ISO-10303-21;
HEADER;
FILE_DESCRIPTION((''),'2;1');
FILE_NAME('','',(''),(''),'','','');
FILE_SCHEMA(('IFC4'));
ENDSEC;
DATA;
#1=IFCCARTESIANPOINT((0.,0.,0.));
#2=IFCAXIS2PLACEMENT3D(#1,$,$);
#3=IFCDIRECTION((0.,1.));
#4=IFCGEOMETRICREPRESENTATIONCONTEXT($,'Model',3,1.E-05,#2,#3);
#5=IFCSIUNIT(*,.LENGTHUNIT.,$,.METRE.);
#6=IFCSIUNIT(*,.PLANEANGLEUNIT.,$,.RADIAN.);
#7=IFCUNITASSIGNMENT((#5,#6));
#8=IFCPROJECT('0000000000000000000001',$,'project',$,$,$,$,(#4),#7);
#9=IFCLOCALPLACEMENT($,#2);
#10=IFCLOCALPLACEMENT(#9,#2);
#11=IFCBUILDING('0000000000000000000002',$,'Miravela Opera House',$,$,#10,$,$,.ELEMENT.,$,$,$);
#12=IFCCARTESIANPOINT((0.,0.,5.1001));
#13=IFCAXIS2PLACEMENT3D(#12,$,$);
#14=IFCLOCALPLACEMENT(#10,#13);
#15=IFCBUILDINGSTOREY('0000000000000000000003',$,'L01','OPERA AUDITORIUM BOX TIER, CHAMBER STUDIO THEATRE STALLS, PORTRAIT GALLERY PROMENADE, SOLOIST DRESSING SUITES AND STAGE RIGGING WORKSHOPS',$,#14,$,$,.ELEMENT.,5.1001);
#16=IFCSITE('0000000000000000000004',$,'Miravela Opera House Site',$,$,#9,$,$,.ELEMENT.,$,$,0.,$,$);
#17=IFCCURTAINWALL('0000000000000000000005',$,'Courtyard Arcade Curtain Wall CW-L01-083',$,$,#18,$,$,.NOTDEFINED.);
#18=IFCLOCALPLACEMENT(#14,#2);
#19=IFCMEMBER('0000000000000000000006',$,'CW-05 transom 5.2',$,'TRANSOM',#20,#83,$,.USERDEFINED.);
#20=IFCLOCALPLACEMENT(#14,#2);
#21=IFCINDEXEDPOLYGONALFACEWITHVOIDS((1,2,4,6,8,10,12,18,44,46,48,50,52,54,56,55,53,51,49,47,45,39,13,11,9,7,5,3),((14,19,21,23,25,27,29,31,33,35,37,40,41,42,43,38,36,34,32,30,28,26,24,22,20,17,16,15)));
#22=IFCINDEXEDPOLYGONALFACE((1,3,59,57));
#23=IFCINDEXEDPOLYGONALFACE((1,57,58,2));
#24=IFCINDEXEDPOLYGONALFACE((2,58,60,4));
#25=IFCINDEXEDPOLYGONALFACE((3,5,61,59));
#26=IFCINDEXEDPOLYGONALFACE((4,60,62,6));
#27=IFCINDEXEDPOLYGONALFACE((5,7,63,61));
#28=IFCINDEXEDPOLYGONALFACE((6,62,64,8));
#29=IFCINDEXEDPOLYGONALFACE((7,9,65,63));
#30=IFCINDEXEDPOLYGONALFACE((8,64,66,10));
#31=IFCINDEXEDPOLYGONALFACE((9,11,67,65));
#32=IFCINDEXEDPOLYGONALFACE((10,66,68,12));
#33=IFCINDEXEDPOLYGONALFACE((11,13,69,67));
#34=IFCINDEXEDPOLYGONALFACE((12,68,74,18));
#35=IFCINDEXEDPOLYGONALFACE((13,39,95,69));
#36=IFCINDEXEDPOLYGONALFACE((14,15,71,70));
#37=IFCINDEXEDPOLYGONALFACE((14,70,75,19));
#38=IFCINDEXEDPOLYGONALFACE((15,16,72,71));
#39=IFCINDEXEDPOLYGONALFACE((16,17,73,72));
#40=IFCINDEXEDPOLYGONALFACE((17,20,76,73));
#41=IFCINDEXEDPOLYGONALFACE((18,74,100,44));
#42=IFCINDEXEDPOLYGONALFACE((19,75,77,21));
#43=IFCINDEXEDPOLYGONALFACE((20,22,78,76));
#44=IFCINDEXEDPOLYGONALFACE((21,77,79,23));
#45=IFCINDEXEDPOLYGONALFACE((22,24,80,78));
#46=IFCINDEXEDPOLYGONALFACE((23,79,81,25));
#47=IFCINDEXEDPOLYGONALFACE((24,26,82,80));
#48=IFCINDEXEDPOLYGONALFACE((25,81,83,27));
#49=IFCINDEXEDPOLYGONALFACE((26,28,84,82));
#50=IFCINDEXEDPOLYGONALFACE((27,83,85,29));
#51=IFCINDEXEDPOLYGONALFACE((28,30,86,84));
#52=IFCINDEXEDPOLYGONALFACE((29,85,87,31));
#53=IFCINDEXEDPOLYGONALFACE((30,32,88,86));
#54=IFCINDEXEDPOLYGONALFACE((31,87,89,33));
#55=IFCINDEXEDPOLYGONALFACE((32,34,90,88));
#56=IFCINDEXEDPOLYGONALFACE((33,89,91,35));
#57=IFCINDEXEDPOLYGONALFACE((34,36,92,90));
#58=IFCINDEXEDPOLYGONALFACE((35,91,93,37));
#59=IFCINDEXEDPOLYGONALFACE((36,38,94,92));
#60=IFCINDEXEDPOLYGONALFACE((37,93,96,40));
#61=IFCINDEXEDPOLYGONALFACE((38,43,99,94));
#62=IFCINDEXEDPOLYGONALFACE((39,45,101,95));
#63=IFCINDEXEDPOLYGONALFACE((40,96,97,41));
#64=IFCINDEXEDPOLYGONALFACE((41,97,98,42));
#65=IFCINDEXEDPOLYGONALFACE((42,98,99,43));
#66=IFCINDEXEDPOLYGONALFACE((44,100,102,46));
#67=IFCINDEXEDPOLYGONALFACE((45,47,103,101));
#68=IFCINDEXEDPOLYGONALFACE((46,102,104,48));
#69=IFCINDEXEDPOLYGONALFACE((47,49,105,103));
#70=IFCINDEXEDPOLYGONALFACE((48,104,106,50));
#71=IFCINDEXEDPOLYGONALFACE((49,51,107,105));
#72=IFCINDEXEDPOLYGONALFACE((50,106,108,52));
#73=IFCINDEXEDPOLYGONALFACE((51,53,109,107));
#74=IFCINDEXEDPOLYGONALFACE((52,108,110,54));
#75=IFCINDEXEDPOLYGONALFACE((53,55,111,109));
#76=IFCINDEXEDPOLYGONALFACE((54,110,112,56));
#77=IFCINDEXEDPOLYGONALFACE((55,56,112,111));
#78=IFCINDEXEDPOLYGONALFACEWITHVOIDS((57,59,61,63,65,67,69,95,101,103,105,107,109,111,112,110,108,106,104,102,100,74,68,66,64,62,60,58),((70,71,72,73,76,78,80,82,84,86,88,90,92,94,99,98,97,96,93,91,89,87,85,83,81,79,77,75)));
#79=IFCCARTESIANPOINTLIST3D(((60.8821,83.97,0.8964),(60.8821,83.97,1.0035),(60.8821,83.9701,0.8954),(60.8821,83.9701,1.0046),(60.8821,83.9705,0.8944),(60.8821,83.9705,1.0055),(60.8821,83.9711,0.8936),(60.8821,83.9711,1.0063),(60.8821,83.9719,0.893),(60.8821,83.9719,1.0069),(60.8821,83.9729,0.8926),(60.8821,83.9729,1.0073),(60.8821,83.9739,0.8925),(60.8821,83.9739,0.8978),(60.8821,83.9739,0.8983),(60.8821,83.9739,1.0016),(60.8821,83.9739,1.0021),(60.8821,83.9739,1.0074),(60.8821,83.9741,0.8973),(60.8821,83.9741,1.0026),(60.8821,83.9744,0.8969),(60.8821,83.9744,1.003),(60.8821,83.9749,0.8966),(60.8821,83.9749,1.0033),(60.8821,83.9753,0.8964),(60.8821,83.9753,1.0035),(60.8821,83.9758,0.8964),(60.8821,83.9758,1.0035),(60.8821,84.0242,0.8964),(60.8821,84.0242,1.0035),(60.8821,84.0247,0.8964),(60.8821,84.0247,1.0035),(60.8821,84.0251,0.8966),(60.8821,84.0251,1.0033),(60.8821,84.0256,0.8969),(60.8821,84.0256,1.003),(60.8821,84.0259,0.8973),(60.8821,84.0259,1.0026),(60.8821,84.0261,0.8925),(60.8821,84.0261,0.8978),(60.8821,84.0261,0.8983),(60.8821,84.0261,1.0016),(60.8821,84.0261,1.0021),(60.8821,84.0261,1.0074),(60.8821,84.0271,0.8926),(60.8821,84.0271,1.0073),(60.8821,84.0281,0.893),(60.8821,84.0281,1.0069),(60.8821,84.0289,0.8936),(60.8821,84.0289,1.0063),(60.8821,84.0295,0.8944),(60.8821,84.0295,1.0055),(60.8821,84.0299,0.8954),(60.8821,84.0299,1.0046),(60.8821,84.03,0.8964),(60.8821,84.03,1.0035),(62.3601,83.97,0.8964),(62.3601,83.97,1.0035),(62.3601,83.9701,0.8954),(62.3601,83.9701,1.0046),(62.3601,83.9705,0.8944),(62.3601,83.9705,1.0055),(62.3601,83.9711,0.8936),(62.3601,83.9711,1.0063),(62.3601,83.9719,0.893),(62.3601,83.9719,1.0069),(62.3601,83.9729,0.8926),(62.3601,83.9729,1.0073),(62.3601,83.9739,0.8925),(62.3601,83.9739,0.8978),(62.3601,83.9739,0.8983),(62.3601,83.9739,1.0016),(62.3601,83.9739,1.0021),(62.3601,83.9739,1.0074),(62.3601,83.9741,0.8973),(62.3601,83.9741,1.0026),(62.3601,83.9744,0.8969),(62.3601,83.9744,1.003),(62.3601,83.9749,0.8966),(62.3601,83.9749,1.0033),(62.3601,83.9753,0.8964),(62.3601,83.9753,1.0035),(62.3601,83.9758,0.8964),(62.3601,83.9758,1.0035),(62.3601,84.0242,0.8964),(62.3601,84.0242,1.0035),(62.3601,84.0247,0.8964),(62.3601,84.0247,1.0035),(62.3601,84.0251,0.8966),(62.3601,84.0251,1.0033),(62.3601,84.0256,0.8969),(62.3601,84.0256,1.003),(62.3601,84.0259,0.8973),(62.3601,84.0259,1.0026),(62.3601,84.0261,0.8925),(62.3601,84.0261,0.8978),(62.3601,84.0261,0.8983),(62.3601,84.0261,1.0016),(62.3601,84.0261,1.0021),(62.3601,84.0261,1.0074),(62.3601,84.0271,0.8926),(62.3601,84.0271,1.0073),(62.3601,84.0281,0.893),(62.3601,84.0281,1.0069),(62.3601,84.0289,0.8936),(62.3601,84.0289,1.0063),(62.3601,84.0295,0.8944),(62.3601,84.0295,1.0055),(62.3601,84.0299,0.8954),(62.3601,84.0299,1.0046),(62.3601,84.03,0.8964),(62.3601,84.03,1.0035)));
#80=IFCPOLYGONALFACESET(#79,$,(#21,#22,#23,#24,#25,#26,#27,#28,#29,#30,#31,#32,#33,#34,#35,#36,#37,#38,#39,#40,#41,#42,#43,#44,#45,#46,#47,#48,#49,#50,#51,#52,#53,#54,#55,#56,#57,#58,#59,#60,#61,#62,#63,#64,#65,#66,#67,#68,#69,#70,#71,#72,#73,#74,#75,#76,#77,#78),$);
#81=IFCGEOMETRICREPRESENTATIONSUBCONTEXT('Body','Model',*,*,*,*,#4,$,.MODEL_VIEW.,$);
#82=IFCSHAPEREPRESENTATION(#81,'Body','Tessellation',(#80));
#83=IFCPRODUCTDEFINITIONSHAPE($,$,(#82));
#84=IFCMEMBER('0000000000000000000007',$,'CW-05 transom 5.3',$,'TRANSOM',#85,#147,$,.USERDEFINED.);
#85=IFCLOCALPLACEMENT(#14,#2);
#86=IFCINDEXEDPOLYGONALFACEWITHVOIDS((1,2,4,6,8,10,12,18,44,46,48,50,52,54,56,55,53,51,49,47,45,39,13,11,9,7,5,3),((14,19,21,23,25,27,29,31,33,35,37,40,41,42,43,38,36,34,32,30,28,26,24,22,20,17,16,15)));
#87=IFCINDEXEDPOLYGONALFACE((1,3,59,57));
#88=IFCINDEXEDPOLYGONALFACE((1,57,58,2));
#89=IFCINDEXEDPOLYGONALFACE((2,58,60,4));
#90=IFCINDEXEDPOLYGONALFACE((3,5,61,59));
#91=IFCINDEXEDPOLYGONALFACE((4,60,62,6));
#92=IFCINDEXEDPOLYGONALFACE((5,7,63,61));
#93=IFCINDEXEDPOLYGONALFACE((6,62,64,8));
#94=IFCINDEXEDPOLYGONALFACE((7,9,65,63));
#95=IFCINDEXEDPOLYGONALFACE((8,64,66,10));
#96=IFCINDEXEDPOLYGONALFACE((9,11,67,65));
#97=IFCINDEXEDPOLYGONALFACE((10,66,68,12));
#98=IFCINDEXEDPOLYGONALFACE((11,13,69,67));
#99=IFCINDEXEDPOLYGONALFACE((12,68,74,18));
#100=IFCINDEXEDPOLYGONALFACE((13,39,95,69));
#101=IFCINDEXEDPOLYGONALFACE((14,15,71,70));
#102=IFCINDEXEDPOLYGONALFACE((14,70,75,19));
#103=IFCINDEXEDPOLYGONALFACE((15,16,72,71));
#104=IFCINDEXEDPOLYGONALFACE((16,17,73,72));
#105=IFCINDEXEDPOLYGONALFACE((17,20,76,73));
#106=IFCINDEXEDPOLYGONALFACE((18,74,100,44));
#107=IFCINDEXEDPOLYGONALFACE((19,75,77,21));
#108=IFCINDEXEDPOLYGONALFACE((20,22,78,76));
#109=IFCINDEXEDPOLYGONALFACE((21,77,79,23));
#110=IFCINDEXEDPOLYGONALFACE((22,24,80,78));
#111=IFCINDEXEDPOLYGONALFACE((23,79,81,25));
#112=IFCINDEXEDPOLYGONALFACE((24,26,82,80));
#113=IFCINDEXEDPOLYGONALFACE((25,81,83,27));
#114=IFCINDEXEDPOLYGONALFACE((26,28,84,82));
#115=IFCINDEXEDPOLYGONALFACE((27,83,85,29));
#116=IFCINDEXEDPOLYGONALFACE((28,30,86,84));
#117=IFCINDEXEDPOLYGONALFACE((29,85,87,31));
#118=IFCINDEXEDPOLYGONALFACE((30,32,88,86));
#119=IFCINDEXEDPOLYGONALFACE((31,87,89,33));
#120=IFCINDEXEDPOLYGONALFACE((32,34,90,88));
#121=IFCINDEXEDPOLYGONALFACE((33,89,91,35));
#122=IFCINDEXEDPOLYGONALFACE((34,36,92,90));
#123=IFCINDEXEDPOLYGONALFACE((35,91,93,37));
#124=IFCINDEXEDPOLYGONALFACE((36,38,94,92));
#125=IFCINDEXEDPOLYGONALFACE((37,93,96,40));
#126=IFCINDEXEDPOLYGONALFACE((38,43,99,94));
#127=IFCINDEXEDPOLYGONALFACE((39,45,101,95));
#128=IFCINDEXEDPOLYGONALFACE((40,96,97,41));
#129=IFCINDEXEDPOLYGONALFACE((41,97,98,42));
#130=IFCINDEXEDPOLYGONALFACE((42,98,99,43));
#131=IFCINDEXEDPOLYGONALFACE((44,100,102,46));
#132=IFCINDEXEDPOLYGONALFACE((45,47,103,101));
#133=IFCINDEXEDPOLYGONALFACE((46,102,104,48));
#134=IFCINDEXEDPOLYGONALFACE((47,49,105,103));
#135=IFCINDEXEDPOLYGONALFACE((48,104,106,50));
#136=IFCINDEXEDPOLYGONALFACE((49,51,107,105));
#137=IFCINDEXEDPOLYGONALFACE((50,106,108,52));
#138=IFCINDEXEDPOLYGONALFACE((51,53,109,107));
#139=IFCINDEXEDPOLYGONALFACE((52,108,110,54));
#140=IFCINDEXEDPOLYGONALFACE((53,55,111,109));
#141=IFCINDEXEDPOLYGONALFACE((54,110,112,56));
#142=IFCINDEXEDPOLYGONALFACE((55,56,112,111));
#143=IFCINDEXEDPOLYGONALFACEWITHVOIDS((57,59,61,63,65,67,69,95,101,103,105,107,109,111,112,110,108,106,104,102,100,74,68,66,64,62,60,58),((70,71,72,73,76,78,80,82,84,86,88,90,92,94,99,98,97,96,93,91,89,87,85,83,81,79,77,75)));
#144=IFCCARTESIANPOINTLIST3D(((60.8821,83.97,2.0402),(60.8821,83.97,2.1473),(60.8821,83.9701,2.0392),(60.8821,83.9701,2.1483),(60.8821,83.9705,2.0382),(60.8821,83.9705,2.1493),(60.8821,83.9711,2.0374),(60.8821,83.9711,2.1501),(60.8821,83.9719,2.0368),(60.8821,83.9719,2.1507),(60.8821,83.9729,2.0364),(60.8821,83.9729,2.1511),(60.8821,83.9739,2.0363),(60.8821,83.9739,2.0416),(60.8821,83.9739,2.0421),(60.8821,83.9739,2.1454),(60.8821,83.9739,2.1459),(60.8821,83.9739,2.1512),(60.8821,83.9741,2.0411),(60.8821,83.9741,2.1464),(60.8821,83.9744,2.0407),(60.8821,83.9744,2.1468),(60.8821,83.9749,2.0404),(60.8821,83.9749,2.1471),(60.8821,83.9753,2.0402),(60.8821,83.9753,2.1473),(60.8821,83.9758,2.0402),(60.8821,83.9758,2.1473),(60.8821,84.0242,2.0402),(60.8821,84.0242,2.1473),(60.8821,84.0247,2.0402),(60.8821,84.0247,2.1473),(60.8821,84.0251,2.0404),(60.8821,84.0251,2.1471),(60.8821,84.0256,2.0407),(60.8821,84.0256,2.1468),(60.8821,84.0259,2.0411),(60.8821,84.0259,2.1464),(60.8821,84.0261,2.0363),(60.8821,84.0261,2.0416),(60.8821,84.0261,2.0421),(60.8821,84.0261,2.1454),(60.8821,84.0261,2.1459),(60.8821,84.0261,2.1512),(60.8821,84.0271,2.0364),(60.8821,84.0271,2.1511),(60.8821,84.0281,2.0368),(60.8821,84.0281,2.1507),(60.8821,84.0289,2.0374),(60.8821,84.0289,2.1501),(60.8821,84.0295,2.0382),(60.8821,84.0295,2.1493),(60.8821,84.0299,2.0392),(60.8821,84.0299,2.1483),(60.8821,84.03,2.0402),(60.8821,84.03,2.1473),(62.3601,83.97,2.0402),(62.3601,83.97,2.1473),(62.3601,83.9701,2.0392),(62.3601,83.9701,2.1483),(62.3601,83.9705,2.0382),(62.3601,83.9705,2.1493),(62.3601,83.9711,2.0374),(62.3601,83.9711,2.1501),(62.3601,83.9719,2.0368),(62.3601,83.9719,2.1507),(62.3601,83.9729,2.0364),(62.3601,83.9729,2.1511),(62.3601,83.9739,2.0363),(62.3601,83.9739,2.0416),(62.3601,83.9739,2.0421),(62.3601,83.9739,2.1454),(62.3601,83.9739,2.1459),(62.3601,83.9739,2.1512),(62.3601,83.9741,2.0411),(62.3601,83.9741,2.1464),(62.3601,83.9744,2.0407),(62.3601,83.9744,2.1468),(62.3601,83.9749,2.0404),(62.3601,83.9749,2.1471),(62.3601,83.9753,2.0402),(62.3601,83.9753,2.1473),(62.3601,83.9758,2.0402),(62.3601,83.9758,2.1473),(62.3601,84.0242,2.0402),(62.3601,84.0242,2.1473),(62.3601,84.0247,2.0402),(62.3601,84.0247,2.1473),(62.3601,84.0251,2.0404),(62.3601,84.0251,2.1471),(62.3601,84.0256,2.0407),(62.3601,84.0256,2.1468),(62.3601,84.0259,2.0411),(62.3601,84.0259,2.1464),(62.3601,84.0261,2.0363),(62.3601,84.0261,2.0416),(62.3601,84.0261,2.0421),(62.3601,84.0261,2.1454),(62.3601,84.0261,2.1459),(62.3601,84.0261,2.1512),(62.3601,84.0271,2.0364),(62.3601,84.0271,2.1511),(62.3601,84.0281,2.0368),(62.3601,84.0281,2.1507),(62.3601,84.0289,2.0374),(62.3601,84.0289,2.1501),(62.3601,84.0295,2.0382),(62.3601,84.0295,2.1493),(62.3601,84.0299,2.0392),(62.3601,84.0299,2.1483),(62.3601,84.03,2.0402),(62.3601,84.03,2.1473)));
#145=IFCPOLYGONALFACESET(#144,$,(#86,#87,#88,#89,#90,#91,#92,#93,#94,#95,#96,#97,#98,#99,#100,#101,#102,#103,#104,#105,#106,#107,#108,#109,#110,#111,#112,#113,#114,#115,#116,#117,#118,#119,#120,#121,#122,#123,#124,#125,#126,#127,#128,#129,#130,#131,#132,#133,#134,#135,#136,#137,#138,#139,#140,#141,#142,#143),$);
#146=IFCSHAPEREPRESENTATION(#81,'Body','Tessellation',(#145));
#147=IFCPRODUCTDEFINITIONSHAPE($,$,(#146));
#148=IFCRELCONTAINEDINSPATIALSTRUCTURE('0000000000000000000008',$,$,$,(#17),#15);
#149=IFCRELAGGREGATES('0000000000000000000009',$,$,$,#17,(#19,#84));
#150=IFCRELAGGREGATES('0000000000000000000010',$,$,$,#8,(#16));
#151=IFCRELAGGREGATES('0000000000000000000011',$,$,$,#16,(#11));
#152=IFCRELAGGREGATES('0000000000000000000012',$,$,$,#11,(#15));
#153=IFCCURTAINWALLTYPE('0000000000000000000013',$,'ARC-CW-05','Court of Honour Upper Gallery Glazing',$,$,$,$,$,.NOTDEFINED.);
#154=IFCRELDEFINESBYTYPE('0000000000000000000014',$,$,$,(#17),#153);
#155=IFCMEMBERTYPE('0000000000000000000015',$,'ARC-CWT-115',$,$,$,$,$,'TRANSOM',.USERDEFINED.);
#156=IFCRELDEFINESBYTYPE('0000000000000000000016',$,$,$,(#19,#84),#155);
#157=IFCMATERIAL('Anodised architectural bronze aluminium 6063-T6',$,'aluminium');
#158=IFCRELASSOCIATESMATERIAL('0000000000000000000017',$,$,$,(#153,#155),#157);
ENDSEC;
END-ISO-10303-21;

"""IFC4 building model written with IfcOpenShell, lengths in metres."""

from ifc_helpers import new_model, si_unit, direction, frame, origin, origin_2d, place, context, subcontext, project, spatial, hollow_rectangle, extrude, material, material_profile, profile_set, type_object, element, aggregate, save


model = new_model("IFC4")

# Units and contexts
model_context = context("Model", 3, precision=1e-05, world=origin(), true_north=direction((0.0, 1.0)))
body_context = subcontext(model_context, "Body", "Model", "MODEL_VIEW")
ifc_project = project(units=[si_unit("LENGTHUNIT", "METRE"), si_unit("PLANEANGLEUNIT", "RADIAN")], contexts=[model_context])

# Site, building, storey
site_placement = place(None, origin())
site = spatial("IfcSite", under=ifc_project, at=site_placement, Name="Miravela Opera House Site", CompositionType="ELEMENT", RefElevation=0.0)
building_placement = place(site_placement, origin())
building = spatial("IfcBuilding", under=site, at=building_placement, Name="Miravela Opera House", CompositionType="ELEMENT")
storey_placement = place(building_placement, frame((0.0, 0.0, 5.1001)))
storey = spatial("IfcBuildingStorey", under=building, at=storey_placement, Name="L01", Description="OPERA AUDITORIUM BOX TIER, CHAMBER STUDIO THEATRE STALLS, PORTRAIT GALLERY PROMENADE, SOLOIST DRESSING SUITES AND STAGE RIGGING WORKSHOPS", CompositionType="ELEMENT", Elevation=5.1001)

# Curtain wall
ifc_material_1 = material(Name="Anodised architectural bronze aluminium 6063-T6", Category="aluminium")
curtain_wall_type = type_object("IfcCurtainWallType", Name="ARC-CW-05", Description="Court of Honour Upper Gallery Glazing", PredefinedType="NOTDEFINED", material=ifc_material_1)
curtain_wall_1_placement = place(storey_placement, origin())
curtain_wall_1 = element("IfcCurtainWall", 1, at=curtain_wall_1_placement, inside=storey, type_object=curtain_wall_type, Name="Courtyard Arcade Curtain Wall CW-L01-083", PredefinedType="NOTDEFINED")

# Members
ifc_material_profile_1 = material_profile(ifc_material_1, hollow_rectangle(XDim=0.0601, YDim=0.115, WallThickness=0.0039, InnerFilletRadius=0.002, OuterFilletRadius=0.0039, at=origin_2d()), Name="CWT-60X115")
ifc_profile_set_1 = profile_set([ifc_material_profile_1])
member_type_1 = type_object("IfcMemberType", Name="ARC-CWT-115", ElementType="TRANSOM", PredefinedType="USERDEFINED", material=ifc_profile_set_1)
member_1_placement = place(storey_placement, frame((60.8821, 84.0, 0.95), z_axis=(1.0, 0.0, 0.0), x_axis=(0.0, 1.0, 0.0)))
member_1 = element("IfcMember", 2, at=member_1_placement, type_object=member_type_1, Name="CW-05 transom 5.2", ObjectType="TRANSOM", PredefinedType="USERDEFINED", context=body_context, shape_type="SweptSolid", body=[
    extrude(hollow_rectangle(XDim=0.0601, YDim=0.115, WallThickness=0.0039, InnerFilletRadius=0.002, OuterFilletRadius=0.0039, at=origin_2d()), origin(), (0.0, 0.0, 1.0), 1.478),
])
member_2_placement = place(storey_placement, frame((60.8821, 84.0, 2.0938), z_axis=(1.0, 0.0, 0.0), x_axis=(0.0, 1.0, 0.0)))
member_2 = element("IfcMember", 3, at=member_2_placement, type_object=member_type_1, Name="CW-05 transom 5.3", ObjectType="TRANSOM", PredefinedType="USERDEFINED", context=body_context, shape_type="SweptSolid", body=[
    extrude(hollow_rectangle(XDim=0.0601, YDim=0.115, WallThickness=0.0039, InnerFilletRadius=0.002, OuterFilletRadius=0.0039, at=origin_2d()), origin(), (0.0, 0.0, 1.0), 1.478),
])

aggregate(curtain_wall_1, [member_1, member_2])

save(model, "model.ifc")
